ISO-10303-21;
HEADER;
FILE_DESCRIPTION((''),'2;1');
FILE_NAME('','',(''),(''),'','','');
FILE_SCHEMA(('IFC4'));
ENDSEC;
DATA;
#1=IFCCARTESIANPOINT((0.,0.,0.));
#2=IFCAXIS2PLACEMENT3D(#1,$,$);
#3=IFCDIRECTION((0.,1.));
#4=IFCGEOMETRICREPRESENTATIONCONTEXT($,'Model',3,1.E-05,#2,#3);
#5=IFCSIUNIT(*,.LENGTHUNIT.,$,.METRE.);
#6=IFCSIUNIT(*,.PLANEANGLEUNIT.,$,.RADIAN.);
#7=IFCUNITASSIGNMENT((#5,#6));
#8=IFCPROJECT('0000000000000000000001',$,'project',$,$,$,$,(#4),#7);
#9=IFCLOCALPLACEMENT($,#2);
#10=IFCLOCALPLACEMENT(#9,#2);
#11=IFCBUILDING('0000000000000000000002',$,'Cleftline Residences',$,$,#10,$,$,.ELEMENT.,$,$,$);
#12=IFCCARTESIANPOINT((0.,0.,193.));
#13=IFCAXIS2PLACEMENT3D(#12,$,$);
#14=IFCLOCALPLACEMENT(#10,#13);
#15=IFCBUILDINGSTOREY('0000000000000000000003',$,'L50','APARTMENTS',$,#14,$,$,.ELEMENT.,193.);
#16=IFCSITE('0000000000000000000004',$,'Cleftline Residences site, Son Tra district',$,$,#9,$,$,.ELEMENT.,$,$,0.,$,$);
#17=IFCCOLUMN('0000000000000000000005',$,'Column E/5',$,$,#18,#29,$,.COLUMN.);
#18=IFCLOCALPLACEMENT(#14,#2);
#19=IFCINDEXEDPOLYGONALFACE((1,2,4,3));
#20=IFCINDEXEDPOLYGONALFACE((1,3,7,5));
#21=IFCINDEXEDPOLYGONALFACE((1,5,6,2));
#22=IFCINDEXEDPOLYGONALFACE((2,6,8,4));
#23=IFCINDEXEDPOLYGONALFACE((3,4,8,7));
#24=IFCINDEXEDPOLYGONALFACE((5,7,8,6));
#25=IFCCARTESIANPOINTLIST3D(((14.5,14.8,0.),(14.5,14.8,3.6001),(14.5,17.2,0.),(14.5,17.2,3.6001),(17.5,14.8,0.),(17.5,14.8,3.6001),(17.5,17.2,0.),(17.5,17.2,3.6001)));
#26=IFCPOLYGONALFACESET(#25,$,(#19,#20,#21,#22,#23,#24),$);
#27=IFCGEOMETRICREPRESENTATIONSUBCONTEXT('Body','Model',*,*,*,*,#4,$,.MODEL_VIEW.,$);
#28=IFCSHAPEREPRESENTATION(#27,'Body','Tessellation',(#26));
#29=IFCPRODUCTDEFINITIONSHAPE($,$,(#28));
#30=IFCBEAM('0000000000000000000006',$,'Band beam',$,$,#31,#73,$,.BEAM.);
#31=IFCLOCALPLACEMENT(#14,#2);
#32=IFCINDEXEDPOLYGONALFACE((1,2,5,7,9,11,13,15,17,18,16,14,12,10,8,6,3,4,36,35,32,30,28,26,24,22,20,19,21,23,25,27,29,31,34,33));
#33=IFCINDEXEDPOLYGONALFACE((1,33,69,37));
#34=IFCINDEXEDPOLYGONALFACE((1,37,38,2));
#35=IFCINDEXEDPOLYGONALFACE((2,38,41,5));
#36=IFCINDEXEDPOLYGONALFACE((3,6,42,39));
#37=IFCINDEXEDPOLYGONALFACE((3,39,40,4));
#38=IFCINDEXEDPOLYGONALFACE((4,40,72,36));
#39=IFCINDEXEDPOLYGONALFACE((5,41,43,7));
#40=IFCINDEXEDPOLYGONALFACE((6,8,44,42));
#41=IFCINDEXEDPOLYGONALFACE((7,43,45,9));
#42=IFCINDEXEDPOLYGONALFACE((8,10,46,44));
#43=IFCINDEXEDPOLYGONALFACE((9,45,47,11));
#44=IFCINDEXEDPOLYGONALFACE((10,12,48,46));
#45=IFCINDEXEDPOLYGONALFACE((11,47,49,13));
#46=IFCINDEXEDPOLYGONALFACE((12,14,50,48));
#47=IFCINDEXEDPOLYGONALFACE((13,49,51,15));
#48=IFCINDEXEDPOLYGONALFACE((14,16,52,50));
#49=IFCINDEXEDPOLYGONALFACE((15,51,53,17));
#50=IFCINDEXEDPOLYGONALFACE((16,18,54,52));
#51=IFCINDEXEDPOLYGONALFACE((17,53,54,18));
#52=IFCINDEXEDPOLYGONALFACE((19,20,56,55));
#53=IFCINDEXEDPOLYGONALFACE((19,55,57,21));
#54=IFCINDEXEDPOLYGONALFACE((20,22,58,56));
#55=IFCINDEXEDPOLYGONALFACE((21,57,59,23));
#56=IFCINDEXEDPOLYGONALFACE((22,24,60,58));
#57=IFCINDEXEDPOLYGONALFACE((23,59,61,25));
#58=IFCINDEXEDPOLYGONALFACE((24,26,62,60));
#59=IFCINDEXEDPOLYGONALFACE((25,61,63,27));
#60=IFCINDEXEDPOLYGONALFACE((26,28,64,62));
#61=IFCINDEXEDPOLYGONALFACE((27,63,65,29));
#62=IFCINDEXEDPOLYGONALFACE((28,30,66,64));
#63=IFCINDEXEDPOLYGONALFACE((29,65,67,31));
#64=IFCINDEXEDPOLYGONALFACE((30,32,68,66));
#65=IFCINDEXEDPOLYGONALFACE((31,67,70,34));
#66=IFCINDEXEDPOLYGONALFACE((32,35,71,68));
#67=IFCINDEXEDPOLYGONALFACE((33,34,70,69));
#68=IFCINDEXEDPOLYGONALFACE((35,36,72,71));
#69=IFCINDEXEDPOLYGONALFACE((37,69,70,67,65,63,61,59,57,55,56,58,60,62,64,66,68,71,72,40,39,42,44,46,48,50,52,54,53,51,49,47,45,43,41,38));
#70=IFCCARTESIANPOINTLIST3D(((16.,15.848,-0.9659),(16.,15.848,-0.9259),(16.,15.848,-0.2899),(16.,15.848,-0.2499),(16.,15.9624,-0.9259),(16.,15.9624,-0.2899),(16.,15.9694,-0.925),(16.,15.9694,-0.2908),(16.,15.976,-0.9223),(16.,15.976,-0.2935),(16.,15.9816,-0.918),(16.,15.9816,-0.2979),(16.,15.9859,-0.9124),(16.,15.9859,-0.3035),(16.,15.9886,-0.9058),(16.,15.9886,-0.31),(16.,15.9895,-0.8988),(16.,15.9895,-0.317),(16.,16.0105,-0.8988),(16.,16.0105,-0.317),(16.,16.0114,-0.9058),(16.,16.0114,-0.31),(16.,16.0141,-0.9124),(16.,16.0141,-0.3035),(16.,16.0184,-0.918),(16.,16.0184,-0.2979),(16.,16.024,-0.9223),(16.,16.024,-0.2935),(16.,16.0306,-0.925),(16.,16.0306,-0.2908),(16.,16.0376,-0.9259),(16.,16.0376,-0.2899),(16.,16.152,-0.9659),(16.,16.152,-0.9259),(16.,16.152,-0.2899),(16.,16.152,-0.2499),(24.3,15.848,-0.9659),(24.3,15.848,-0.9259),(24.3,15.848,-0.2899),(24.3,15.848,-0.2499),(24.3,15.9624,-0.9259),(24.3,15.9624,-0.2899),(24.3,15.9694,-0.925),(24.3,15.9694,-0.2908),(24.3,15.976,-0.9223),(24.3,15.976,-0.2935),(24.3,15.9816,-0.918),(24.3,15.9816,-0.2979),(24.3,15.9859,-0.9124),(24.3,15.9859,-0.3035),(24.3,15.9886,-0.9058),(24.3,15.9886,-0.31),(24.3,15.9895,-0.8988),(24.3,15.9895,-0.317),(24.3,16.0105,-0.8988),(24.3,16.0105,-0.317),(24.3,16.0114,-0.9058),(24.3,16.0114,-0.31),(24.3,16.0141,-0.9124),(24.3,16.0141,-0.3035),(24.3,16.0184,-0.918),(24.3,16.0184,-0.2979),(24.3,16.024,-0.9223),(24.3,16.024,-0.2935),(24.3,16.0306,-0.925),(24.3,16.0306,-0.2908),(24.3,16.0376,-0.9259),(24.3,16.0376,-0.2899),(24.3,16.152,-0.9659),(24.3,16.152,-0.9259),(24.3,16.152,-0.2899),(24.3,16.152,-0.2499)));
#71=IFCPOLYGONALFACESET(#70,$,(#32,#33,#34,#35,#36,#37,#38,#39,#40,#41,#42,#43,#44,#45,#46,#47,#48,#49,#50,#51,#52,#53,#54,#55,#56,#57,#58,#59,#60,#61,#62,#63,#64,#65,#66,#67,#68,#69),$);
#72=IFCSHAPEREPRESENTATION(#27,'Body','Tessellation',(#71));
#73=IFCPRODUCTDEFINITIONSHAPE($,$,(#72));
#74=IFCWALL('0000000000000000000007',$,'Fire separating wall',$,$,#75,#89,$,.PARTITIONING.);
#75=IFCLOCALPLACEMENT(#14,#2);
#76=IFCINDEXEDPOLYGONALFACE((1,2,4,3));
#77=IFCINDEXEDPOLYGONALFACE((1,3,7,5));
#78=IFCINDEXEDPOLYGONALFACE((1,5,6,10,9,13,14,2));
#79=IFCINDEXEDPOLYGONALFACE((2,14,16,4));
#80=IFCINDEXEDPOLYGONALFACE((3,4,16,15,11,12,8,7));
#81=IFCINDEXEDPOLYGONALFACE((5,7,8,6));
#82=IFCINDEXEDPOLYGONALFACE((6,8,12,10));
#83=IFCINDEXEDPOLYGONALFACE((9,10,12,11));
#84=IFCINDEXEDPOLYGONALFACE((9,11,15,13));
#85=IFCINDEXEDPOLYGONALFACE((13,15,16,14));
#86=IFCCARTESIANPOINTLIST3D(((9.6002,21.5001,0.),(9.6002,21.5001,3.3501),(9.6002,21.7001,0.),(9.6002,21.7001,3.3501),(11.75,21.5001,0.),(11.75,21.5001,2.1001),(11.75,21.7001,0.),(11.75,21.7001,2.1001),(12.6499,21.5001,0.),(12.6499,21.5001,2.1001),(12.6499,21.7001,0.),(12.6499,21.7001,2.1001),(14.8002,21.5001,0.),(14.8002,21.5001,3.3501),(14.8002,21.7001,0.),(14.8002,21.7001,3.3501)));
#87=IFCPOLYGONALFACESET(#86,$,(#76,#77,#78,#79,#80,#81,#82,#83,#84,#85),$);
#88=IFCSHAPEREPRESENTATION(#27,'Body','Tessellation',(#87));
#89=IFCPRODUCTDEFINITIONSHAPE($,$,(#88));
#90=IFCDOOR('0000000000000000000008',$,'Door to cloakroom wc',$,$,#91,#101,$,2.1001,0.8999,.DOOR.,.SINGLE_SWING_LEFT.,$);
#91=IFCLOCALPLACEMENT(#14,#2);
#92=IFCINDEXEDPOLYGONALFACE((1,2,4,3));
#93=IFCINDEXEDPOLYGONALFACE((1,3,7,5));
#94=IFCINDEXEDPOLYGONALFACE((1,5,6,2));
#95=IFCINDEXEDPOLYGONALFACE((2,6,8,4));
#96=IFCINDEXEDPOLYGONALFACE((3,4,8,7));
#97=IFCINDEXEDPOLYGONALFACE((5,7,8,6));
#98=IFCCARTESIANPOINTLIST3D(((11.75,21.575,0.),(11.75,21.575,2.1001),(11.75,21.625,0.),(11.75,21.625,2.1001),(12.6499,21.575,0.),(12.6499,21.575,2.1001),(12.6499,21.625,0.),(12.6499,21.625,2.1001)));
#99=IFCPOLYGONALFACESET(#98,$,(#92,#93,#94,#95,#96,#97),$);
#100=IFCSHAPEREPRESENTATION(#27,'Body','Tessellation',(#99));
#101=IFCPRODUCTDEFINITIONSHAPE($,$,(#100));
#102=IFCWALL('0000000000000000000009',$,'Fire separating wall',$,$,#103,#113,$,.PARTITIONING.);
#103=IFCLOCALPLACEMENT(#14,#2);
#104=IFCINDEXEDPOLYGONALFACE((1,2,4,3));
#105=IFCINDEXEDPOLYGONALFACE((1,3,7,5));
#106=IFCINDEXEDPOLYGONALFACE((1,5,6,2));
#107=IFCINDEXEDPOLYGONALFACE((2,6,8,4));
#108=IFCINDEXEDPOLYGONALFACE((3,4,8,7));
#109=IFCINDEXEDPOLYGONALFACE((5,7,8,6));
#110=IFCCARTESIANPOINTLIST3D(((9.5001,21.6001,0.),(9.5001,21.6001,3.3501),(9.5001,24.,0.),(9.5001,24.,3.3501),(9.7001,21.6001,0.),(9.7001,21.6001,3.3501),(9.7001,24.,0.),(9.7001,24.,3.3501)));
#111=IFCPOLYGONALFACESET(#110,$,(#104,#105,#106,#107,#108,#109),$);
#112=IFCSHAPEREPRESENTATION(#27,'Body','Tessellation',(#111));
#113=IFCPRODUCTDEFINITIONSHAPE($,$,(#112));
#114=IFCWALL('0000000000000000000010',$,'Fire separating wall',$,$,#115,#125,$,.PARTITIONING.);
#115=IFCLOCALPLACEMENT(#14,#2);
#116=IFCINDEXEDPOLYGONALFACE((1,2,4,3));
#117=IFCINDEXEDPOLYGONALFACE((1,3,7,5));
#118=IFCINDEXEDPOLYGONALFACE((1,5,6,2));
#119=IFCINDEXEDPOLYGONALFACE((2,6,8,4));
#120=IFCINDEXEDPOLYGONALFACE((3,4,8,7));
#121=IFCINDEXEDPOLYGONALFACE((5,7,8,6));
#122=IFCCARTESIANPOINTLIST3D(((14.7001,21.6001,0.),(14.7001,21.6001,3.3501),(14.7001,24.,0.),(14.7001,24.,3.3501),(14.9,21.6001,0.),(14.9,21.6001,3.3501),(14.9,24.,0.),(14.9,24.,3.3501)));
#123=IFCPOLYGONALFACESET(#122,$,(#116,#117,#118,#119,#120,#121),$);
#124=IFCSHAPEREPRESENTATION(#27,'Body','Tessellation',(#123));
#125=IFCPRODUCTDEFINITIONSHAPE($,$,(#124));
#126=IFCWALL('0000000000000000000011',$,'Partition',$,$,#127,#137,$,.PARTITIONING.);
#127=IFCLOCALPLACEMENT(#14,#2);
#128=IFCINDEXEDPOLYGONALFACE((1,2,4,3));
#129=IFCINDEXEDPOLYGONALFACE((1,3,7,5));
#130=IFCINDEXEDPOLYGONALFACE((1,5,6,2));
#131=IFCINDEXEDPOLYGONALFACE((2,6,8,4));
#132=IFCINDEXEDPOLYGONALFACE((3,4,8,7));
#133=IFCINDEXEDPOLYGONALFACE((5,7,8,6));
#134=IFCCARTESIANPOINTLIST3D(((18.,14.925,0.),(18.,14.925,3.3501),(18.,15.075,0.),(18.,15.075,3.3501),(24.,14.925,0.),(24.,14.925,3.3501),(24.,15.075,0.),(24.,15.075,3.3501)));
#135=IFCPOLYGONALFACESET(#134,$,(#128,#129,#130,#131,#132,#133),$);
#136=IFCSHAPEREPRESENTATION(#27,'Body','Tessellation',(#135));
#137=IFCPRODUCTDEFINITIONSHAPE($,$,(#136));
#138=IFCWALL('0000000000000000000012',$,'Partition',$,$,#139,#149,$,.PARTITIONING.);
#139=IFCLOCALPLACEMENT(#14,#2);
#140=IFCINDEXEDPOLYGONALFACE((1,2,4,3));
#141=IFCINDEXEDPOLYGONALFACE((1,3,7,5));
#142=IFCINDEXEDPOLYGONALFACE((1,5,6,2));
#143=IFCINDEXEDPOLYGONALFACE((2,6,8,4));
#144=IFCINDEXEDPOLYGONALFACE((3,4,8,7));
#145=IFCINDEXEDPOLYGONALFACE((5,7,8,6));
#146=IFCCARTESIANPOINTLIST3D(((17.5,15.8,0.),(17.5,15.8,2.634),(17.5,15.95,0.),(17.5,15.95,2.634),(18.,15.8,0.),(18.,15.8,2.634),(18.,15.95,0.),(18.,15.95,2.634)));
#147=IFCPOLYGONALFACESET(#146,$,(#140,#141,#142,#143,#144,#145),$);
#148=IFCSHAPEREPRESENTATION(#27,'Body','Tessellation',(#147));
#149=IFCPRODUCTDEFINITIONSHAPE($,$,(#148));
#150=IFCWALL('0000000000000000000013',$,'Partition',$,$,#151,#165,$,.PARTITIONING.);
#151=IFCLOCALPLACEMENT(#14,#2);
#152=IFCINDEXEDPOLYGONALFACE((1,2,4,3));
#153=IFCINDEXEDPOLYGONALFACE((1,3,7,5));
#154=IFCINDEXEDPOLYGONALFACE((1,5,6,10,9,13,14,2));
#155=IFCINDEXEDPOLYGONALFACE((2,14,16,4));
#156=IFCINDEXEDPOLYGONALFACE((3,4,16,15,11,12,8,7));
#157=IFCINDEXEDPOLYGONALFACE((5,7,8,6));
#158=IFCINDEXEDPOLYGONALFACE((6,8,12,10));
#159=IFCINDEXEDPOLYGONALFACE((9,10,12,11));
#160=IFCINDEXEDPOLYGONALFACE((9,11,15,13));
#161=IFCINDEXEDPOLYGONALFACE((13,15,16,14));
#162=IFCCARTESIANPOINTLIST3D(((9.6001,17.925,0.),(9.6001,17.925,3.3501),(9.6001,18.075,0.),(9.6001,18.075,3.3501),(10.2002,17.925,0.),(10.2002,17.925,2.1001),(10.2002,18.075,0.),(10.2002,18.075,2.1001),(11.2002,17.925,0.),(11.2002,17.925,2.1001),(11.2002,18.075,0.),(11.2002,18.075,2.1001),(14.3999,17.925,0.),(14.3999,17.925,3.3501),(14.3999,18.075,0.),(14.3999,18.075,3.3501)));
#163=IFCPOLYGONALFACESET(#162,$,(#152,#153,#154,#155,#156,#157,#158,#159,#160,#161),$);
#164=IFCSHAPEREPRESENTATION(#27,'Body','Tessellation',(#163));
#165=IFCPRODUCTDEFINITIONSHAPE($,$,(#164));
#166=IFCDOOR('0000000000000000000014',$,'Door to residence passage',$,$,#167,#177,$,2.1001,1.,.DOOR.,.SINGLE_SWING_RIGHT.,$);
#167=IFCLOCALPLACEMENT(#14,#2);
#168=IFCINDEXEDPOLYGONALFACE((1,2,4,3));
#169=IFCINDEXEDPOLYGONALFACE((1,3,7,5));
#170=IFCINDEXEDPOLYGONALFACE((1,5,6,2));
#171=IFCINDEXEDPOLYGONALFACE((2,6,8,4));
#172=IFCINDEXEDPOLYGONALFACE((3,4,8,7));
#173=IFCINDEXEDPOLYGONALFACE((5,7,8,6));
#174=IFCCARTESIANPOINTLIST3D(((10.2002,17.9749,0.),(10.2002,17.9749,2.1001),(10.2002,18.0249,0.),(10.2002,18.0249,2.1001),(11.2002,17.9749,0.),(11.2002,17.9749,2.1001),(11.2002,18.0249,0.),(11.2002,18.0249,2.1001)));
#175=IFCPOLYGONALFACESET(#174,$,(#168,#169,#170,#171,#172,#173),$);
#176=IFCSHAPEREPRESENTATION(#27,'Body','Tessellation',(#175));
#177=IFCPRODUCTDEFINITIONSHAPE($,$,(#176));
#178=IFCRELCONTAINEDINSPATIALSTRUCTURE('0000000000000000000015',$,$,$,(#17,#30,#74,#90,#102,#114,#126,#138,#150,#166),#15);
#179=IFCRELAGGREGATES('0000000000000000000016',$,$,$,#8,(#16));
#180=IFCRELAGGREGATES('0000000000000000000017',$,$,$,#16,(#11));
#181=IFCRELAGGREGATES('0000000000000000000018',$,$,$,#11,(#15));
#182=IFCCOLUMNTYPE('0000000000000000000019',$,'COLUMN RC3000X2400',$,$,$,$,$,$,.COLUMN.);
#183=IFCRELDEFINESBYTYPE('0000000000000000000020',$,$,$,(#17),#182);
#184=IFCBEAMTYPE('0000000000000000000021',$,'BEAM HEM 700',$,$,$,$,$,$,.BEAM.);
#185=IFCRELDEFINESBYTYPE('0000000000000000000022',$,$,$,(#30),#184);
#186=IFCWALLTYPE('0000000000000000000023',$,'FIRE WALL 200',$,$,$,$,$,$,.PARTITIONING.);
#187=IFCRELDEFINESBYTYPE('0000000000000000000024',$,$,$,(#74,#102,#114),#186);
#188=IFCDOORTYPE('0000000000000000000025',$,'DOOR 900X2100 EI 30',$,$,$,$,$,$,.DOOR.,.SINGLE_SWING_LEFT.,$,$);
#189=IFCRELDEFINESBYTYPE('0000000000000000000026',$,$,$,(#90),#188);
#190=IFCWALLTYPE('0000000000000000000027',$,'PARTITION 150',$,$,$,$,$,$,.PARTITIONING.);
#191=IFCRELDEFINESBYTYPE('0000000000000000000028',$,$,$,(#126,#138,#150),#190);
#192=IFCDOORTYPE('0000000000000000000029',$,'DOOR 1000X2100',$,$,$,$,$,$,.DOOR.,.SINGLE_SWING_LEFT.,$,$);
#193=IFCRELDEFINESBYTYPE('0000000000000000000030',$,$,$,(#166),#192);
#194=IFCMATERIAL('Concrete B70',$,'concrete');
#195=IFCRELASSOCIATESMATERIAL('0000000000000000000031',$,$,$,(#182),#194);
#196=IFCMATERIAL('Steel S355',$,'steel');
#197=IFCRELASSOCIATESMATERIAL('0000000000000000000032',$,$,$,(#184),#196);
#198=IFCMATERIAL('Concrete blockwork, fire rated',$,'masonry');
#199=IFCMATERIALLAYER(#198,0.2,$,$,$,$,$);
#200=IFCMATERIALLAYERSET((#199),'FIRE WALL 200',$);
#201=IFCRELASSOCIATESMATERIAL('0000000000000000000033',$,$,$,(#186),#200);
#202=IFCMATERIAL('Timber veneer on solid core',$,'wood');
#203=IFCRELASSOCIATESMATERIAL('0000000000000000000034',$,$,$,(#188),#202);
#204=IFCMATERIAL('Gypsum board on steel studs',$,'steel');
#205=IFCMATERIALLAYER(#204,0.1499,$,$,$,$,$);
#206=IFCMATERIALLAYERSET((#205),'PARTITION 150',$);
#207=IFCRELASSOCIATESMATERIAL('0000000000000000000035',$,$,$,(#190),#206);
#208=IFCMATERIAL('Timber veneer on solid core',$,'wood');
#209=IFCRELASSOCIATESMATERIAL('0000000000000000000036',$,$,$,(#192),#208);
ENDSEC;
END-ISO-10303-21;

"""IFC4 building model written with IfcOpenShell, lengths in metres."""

from ifc_helpers import new_model, si_unit, direction, frame, frame_2d, origin, origin_2d, place, context, subcontext, project, spatial, rectangle, i_section, extrude, material, layer, layer_set, material_profile, profile_set, type_object, element, fill, save


model = new_model("IFC4")

# Units and contexts
model_context = context("Model", 3, precision=1e-05, world=origin(), true_north=direction((0.0, 1.0)))
body_context = subcontext(model_context, "Body", "Model", "MODEL_VIEW")
ifc_project = project(units=[si_unit("LENGTHUNIT", "METRE"), si_unit("PLANEANGLEUNIT", "RADIAN")], contexts=[model_context])

# Site, building, storey
site_placement = place(None, origin())
site = spatial("IfcSite", under=ifc_project, at=site_placement, Name="Cleftline Residences site, Son Tra district", CompositionType="ELEMENT", RefElevation=0.0)
building_placement = place(site_placement, origin())
building = spatial("IfcBuilding", under=site, at=building_placement, Name="Cleftline Residences", CompositionType="ELEMENT")
storey_placement = place(building_placement, frame((0.0, 0.0, 193.0)))
storey = spatial("IfcBuildingStorey", under=building, at=storey_placement, Name="L50", Description="APARTMENTS", CompositionType="ELEMENT", Elevation=193.0)

# Column
ifc_material_1 = material(Name="Concrete B70", Category="concrete")
ifc_material_profile_1 = material_profile(ifc_material_1, rectangle(XDim=3.0, YDim=2.3999, at=origin_2d()))
ifc_profile_set_1 = profile_set([ifc_material_profile_1], Name="Concrete B70")
column_type = type_object("IfcColumnType", Name="COLUMN RC3000X2400", PredefinedType="COLUMN", material=ifc_profile_set_1)
column_placement = place(storey_placement, frame((16.0, 16.0, 0.0), z_axis=(0.0, 0.0, 1.0), x_axis=(1.0, 0.0, 0.0)))
element("IfcColumn", 1, at=column_placement, inside=storey, type_object=column_type, Name="Column E/5", PredefinedType="COLUMN", context=body_context, shape_type="SweptSolid", body=[
    extrude(rectangle(XDim=3.0, YDim=2.3999, at=origin_2d()), origin(), (0.0, 0.0, 1.0), 3.6001),
])

# Beam
ifc_material_2 = material(Name="Steel S355", Category="steel")
ifc_material_profile_2 = material_profile(ifc_material_2, i_section(OverallWidth=0.304, OverallDepth=0.7161, WebThickness=0.021, FlangeThickness=0.04, FilletRadius=0.0271, at=origin_2d()))
ifc_profile_set_2 = profile_set([ifc_material_profile_2], Name="Steel S355")
beam_type = type_object("IfcBeamType", Name="BEAM HEM 700", PredefinedType="BEAM", material=ifc_profile_set_2)
beam_placement = place(storey_placement, frame((16.0, 16.0, -0.6079), z_axis=(1.0, 0.0, 0.0), x_axis=(0.0, 1.0, 0.0)))
element("IfcBeam", 2, at=beam_placement, inside=storey, type_object=beam_type, Name="Band beam", PredefinedType="BEAM", context=body_context, shape_type="SweptSolid", body=[
    extrude(i_section(OverallWidth=0.304, OverallDepth=0.7161, WebThickness=0.021, FlangeThickness=0.04, FilletRadius=0.0271, at=origin_2d()), origin(), (0.0, 0.0, 1.0), 8.3),
])

# Wall, opening, door
ifc_material_3 = material(Name="Concrete blockwork, fire rated", Category="masonry")
ifc_layer_1 = layer(ifc_material_3, 0.2)
ifc_layer_set_1 = layer_set([ifc_layer_1], Name="FIRE WALL 200")
wall_type_1 = type_object("IfcWallType", Name="FIRE WALL 200", PredefinedType="PARTITIONING", material=ifc_layer_set_1)
wall_1_placement = place(storey_placement, frame((9.6001, 21.6001, 0.0), z_axis=(0.0, 0.0, 1.0), x_axis=(1.0, 0.0, 0.0)))
wall_1 = element("IfcWall", 3, at=wall_1_placement, inside=storey, type_object=wall_type_1, Name="Fire separating wall", PredefinedType="PARTITIONING", context=body_context, shape_type="SweptSolid", body=[
    extrude(rectangle(XDim=5.2, YDim=0.2, at=frame_2d((2.6001, 0.0))), origin(), (0.0, 0.0, 1.0), 3.3501),
])
opening_1_placement = place(wall_1_placement, frame((2.1499, 0.0, 0.0)))
opening_1 = element("IfcOpeningElement", 4, at=opening_1_placement, cuts=wall_1, PredefinedType="OPENING", context=body_context, shape_type="SweptSolid", body=[
    extrude(rectangle(XDim=0.8999, YDim=2.1001, at=frame_2d((0.45, 1.05))), frame((0.0, 0.1099, 0.0), z_axis=(0.0, -1.0, 0.0), x_axis=(1.0, 0.0, 0.0)), (0.0, 0.0, 1.0), 0.22),
])
ifc_material_4 = material(Name="Timber veneer on solid core", Category="wood")
door_type_1 = type_object("IfcDoorType", Name="DOOR 900X2100 EI 30", OperationType="SINGLE_SWING_LEFT", PredefinedType="DOOR", material=ifc_material_4)
door_1_placement = place(opening_1_placement, origin())
door_1 = element("IfcDoor", 5, at=door_1_placement, inside=storey, type_object=door_type_1, Name="Door to cloakroom wc", OperationType="SINGLE_SWING_LEFT", OverallHeight=2.1001, OverallWidth=0.8999, PredefinedType="DOOR", context=body_context, shape_type="SweptSolid", body=[
    extrude(rectangle(XDim=0.8999, YDim=2.1001, at=frame_2d((0.45, 1.05))), frame((0.0, 0.0249, 0.0), z_axis=(0.0, -1.0, 0.0), x_axis=(1.0, 0.0, 0.0)), (0.0, 0.0, 1.0), 0.05),
])
fill(opening_1, door_1)

# Walls
for number, where, z_axis, x_axis, name in (
    (6, (9.6001, 21.6001, 0.0), (0.0, 0.0, 1.0), (0.0, 1.0, 0.0), "Fire separating wall"),
    (7, (14.8, 21.6001, 0.0), (0.0, 0.0, 1.0), (0.0, 1.0, 0.0), "Fire separating wall"),
):
    element("IfcWall", number, at=place(storey_placement, frame(where, z_axis=z_axis, x_axis=x_axis)), inside=storey, type_object=wall_type_1, Name=name, PredefinedType="PARTITIONING", context=body_context, shape_type="SweptSolid", body=[
        extrude(rectangle(XDim=2.3999, YDim=0.2, at=frame_2d((1.2, 0.0))), origin(), (0.0, 0.0, 1.0), 3.3501),
    ])

# Walls
ifc_material_5 = material(Name="Gypsum board on steel studs", Category="steel")
ifc_layer_2 = layer(ifc_material_5, 0.1499)
ifc_layer_set_2 = layer_set([ifc_layer_2], Name="PARTITION 150")
wall_type_2 = type_object("IfcWallType", Name="PARTITION 150", PredefinedType="PARTITIONING", material=ifc_layer_set_2)
wall_2_placement = place(storey_placement, frame((18.0, 15.0, 0.0), z_axis=(0.0, 0.0, 1.0), x_axis=(1.0, 0.0, 0.0)))
element("IfcWall", 8, at=wall_2_placement, inside=storey, type_object=wall_type_2, Name="Partition", PredefinedType="PARTITIONING", context=body_context, shape_type="SweptSolid", body=[
    extrude(rectangle(XDim=6.0, YDim=0.1499, at=frame_2d((3.0, 0.0))), origin(), (0.0, 0.0, 1.0), 3.3501),
])
wall_3_placement = place(storey_placement, frame((17.5, 15.875, 0.0), z_axis=(0.0, 0.0, 1.0), x_axis=(1.0, 0.0, 0.0)))
element("IfcWall", 9, at=wall_3_placement, inside=storey, type_object=wall_type_2, Name="Partition", PredefinedType="PARTITIONING", context=body_context, shape_type="SweptSolid", body=[
    extrude(rectangle(XDim=0.5, YDim=0.1499, at=frame_2d((0.25, 0.0))), origin(), (0.0, 0.0, 1.0), 2.634),
])

# Wall, opening, door
wall_4_placement = place(storey_placement, frame((9.6001, 18.0, 0.0), z_axis=(0.0, 0.0, 1.0), x_axis=(1.0, 0.0, 0.0)))
wall_4 = element("IfcWall", 10, at=wall_4_placement, inside=storey, type_object=wall_type_2, Name="Partition", PredefinedType="PARTITIONING", context=body_context, shape_type="SweptSolid", body=[
    extrude(rectangle(XDim=4.7998, YDim=0.1499, at=frame_2d((2.3999, 0.0))), origin(), (0.0, 0.0, 1.0), 3.3501),
])
opening_2_placement = place(wall_4_placement, frame((0.6001, 0.0, 0.0)))
opening_2 = element("IfcOpeningElement", 11, at=opening_2_placement, cuts=wall_4, PredefinedType="OPENING", context=body_context, shape_type="SweptSolid", body=[
    extrude(rectangle(XDim=1.0, YDim=2.1001, at=frame_2d((0.5, 1.05))), frame((0.0, 0.085, 0.0), z_axis=(0.0, -1.0, 0.0), x_axis=(1.0, 0.0, 0.0)), (0.0, 0.0, 1.0), 0.1699),
])
ifc_material_6 = material(Name="Timber veneer on solid core", Category="wood")
door_type_2 = type_object("IfcDoorType", Name="DOOR 1000X2100", OperationType="SINGLE_SWING_LEFT", PredefinedType="DOOR", material=ifc_material_6)
door_2_placement = place(opening_2_placement, origin())
door_2 = element("IfcDoor", 12, at=door_2_placement, inside=storey, type_object=door_type_2, Name="Door to residence passage", OperationType="SINGLE_SWING_RIGHT", OverallHeight=2.1001, OverallWidth=1.0, PredefinedType="DOOR", context=body_context, shape_type="SweptSolid", body=[
    extrude(rectangle(XDim=1.0, YDim=2.1001, at=frame_2d((0.5, 1.05))), frame((0.0, 0.0249, 0.0), z_axis=(0.0, -1.0, 0.0), x_axis=(1.0, 0.0, 0.0)), (0.0, 0.0, 1.0), 0.05),
])
fill(opening_2, door_2)

save(model, "model.ifc")
